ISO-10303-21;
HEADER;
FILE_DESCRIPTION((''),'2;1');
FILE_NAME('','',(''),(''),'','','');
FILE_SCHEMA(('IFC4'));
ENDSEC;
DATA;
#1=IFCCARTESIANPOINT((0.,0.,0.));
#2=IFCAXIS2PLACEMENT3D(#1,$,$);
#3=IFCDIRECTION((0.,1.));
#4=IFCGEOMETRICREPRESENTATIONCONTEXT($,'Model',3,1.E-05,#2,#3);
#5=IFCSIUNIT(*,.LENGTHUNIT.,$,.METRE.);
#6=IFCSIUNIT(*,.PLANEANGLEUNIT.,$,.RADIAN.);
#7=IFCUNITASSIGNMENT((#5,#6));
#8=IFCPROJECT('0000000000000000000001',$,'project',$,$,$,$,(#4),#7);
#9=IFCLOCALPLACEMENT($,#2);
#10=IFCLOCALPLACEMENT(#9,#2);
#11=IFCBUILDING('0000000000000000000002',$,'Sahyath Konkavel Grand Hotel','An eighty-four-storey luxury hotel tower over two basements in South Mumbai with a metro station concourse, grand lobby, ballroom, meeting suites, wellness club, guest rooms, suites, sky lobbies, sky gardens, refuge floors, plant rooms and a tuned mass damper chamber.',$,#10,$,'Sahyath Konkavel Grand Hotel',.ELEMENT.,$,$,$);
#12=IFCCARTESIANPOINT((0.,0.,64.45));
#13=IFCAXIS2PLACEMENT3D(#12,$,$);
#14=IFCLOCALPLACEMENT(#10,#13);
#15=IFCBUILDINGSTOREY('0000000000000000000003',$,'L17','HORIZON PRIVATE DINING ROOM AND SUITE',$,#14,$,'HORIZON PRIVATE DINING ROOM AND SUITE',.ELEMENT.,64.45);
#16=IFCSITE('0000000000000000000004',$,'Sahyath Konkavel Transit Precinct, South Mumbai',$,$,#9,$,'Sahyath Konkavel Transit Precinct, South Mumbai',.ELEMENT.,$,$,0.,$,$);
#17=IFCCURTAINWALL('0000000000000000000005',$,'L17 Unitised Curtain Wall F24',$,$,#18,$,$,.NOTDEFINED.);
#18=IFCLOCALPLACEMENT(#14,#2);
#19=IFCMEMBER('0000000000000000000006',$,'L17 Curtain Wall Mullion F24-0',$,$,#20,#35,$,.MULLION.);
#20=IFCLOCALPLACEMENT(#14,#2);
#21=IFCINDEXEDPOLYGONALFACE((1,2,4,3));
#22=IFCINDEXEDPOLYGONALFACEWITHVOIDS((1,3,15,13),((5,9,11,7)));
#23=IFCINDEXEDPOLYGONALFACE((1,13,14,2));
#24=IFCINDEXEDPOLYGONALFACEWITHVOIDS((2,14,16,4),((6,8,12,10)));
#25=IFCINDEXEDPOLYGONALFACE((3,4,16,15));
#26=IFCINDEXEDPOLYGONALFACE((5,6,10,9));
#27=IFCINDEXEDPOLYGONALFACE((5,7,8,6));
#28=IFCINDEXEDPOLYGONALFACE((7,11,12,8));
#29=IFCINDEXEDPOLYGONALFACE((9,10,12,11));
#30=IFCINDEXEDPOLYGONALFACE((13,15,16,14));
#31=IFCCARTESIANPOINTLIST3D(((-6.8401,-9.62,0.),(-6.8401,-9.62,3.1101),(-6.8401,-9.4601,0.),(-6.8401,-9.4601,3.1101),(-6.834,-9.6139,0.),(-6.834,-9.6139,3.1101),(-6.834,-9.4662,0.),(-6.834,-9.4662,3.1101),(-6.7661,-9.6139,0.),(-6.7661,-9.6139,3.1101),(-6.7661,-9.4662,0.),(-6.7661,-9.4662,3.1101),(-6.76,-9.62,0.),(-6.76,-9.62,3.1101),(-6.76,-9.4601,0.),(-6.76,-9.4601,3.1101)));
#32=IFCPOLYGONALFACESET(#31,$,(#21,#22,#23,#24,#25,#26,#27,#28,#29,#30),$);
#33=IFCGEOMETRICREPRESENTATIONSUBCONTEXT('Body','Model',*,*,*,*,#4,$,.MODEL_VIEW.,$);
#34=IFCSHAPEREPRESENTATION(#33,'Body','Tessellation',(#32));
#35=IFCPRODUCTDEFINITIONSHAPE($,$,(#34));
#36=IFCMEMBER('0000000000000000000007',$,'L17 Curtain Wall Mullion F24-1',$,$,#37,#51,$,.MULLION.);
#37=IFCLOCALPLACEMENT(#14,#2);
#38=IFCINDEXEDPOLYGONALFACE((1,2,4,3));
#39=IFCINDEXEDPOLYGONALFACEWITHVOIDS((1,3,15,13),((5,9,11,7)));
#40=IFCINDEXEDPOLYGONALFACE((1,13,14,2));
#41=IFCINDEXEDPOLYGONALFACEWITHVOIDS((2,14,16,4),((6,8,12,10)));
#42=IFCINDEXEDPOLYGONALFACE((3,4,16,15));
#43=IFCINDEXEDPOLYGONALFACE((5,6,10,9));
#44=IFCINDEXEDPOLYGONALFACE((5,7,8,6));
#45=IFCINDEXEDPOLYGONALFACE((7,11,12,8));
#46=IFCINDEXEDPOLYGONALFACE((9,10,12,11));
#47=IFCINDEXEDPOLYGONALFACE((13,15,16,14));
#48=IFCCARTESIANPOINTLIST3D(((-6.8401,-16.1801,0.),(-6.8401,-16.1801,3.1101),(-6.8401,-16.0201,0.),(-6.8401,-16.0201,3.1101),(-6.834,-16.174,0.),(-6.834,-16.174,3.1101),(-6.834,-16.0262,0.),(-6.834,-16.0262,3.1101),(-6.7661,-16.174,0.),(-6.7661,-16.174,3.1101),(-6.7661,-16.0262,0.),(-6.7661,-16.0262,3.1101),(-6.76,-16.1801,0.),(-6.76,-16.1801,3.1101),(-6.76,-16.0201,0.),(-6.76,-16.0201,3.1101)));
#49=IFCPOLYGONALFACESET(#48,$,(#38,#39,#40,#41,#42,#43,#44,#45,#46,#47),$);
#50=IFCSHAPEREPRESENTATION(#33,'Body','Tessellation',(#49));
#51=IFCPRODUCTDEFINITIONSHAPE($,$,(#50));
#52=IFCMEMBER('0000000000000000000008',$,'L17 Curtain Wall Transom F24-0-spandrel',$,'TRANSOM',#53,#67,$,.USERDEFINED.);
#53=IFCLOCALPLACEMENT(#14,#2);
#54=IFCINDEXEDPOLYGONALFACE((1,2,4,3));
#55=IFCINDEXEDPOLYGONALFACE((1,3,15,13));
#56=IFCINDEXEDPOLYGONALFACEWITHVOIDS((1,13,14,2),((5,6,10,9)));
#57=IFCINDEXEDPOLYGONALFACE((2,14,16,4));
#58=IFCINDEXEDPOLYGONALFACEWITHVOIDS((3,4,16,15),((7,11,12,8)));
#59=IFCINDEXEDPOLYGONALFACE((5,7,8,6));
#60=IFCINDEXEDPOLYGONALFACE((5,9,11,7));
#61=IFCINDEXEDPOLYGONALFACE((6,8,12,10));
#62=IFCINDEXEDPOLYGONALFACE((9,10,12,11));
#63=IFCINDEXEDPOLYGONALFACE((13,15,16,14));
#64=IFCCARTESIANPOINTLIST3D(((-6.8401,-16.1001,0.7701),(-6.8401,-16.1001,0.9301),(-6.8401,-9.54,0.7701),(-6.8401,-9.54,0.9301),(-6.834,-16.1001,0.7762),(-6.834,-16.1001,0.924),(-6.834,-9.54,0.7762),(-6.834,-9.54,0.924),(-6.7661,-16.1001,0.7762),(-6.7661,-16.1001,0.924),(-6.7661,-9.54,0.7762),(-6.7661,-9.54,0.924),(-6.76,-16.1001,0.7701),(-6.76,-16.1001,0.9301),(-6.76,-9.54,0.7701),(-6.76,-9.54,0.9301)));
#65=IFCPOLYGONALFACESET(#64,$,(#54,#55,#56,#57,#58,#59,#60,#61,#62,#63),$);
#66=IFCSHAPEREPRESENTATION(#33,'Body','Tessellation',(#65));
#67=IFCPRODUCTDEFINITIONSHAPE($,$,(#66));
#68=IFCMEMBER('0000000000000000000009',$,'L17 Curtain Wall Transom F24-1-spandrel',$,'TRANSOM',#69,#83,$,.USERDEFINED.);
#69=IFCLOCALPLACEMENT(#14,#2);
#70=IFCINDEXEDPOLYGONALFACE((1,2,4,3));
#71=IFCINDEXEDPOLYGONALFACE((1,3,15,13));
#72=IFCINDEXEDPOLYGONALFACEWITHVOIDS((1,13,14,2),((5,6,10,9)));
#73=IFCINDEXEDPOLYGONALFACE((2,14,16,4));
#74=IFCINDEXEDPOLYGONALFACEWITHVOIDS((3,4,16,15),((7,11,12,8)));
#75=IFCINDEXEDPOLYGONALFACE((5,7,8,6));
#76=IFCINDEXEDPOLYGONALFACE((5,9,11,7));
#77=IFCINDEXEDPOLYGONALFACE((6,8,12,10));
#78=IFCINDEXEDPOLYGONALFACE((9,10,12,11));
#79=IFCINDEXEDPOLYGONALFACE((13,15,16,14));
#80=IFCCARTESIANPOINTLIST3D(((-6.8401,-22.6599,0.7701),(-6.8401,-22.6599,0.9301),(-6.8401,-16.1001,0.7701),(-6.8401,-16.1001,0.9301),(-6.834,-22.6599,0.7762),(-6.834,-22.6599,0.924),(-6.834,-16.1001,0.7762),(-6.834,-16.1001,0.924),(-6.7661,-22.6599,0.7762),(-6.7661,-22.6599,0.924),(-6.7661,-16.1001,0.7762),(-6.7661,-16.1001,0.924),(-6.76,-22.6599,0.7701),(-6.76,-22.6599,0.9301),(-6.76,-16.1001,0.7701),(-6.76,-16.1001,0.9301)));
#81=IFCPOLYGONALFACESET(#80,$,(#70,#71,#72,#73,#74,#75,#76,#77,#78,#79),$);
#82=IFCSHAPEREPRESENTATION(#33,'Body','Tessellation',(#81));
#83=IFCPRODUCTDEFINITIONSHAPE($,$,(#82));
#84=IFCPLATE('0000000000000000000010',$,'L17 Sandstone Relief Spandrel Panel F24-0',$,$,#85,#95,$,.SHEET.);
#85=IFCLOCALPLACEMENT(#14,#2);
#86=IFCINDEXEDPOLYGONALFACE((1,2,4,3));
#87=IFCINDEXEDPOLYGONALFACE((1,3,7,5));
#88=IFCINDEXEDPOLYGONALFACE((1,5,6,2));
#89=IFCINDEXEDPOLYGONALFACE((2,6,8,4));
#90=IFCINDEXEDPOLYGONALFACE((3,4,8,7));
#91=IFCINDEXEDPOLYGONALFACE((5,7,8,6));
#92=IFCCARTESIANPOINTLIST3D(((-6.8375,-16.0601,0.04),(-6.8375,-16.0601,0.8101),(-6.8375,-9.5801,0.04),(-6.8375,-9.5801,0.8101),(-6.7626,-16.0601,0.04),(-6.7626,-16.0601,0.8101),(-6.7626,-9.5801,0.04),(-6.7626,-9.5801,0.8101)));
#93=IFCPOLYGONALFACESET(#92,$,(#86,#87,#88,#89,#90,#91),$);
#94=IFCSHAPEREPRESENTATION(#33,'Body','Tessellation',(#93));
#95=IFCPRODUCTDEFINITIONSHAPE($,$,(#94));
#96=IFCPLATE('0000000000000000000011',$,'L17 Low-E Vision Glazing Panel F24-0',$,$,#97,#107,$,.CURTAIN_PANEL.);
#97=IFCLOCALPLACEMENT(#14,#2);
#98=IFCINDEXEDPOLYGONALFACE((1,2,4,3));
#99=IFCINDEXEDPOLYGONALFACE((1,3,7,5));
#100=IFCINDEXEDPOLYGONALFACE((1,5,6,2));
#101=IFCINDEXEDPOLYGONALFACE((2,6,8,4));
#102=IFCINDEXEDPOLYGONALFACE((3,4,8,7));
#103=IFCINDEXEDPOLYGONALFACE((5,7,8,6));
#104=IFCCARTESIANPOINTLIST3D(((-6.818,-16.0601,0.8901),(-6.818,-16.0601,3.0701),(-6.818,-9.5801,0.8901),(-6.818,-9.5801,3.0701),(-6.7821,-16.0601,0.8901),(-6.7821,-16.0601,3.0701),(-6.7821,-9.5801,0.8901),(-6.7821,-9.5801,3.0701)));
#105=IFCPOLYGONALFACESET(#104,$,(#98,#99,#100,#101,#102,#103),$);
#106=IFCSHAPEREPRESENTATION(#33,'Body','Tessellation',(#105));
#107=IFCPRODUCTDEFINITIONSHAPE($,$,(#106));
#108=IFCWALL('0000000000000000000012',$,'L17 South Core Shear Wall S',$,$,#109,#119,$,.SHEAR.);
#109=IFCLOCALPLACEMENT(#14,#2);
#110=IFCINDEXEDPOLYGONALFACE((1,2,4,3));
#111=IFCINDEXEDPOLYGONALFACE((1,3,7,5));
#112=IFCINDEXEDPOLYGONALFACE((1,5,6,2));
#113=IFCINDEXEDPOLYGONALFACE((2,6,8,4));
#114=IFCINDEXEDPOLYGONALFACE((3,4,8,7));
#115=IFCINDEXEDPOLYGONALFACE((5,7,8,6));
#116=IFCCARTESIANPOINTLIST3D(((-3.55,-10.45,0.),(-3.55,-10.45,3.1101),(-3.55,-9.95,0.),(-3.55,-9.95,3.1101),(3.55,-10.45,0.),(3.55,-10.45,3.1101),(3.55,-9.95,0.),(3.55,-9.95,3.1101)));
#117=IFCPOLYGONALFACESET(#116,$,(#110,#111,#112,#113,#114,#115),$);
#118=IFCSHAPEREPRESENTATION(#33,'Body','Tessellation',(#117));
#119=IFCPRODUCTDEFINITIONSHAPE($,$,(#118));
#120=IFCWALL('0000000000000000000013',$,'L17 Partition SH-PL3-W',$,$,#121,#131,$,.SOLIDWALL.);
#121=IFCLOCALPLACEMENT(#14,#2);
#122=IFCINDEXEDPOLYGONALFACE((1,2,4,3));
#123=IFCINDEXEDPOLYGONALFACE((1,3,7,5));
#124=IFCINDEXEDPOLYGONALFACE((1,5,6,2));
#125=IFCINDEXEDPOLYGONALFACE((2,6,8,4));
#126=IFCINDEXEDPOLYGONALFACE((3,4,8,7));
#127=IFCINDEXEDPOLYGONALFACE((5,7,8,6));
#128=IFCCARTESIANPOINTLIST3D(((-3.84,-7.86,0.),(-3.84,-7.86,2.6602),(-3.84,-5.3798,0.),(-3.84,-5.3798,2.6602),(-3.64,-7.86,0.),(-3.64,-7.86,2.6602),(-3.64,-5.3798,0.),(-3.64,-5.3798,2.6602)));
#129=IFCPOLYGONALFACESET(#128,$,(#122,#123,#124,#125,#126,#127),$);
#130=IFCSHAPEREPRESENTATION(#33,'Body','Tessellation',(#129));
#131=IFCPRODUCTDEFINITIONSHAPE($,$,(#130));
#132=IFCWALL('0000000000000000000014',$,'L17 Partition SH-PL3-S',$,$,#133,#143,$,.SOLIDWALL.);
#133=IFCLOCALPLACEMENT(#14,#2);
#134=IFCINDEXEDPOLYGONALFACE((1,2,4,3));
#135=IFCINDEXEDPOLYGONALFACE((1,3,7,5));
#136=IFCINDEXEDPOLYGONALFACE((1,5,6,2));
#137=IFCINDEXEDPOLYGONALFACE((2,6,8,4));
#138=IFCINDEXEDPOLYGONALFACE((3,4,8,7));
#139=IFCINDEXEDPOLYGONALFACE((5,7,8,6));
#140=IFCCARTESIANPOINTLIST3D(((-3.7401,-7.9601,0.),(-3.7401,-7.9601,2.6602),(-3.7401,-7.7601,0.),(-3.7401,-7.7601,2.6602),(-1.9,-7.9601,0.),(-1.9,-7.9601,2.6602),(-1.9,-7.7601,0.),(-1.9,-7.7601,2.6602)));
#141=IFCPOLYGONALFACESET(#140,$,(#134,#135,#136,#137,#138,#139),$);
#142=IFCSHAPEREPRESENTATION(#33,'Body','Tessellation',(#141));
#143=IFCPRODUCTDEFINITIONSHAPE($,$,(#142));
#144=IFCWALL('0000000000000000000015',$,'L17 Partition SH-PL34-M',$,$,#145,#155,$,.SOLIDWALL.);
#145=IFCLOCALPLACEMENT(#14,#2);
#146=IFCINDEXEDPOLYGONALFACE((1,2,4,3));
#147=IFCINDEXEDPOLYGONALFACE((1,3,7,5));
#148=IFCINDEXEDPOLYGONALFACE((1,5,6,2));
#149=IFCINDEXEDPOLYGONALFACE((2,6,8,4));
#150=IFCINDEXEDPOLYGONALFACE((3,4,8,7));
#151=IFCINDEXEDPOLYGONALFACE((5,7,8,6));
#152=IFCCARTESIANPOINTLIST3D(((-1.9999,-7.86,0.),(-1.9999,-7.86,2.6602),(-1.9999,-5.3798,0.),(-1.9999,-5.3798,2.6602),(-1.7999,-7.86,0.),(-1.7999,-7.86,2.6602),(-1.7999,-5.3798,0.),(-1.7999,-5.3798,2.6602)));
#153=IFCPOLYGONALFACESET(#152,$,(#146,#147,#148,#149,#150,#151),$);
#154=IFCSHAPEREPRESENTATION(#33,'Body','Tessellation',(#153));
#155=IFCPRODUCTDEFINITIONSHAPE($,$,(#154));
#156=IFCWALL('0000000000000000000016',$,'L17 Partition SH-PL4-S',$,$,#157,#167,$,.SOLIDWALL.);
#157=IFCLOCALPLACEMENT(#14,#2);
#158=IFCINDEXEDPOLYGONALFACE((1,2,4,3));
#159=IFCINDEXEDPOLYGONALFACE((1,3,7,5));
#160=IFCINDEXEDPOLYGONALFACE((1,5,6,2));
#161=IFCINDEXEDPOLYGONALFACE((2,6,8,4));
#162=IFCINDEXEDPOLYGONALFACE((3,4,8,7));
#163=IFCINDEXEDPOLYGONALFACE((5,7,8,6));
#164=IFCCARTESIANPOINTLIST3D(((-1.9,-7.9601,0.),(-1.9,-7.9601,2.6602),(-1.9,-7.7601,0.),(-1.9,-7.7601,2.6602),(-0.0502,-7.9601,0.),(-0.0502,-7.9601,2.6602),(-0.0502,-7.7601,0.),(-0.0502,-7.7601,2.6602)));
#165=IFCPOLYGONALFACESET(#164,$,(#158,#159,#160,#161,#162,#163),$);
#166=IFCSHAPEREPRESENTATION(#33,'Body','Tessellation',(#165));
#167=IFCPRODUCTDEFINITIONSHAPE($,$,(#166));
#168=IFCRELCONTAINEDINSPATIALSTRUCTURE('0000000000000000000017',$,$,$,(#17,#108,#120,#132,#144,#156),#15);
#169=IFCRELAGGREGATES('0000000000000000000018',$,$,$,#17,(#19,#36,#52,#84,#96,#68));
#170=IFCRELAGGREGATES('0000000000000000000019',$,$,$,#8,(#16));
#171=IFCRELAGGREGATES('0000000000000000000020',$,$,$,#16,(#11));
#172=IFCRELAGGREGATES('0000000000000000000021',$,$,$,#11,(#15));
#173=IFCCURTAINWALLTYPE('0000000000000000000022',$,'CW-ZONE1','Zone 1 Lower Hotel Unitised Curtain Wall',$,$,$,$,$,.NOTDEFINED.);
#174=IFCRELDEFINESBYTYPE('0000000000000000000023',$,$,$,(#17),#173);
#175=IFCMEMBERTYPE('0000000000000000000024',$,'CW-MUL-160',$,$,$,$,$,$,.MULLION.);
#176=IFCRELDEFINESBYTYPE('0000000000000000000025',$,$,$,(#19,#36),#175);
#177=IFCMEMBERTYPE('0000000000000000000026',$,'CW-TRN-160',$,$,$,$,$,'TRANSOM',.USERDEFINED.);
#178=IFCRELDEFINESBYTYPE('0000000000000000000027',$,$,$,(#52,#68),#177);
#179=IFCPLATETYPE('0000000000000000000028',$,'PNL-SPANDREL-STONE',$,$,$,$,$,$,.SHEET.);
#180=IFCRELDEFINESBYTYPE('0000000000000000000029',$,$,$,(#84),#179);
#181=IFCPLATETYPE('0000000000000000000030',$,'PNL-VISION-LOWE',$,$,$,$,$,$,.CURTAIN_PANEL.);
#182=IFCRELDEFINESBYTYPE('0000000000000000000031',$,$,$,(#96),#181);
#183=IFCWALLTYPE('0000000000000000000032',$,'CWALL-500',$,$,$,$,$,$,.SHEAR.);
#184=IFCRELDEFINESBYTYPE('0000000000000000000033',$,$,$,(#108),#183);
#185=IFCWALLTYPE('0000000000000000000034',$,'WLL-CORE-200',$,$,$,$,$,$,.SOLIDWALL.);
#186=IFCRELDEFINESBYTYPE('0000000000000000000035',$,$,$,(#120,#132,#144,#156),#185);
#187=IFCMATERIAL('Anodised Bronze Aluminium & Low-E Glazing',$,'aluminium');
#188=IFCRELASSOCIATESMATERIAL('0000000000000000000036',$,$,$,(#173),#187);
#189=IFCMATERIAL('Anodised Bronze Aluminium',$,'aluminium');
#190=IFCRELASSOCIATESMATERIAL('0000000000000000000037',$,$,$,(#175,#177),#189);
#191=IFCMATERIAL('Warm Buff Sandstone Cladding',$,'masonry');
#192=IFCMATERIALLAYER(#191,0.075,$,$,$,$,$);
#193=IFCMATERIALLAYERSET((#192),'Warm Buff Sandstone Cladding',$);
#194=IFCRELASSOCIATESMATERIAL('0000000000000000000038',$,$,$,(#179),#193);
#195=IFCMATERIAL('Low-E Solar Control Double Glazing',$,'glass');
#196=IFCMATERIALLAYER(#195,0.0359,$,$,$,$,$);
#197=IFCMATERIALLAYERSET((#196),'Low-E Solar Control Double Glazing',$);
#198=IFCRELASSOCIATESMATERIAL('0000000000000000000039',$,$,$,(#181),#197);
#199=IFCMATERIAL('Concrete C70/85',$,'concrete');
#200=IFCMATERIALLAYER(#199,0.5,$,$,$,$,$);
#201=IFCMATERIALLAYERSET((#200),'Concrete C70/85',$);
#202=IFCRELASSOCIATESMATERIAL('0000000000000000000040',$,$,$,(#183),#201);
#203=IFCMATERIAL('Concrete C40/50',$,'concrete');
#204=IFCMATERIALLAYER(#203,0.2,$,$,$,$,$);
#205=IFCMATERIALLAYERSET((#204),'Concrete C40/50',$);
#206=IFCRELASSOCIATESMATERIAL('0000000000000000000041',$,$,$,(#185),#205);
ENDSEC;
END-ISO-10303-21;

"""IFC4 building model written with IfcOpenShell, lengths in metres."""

from ifc_helpers import new_model, si_unit, direction, frame, frame_2d, origin, origin_2d, place, context, subcontext, project, spatial, rectangle, hollow_rectangle, extrude, source, transform, mapped, material, layer, layer_set, material_profile, profile_set, type_object, element, aggregate, save


model = new_model("IFC4")

# Units and contexts
model_context = context("Model", 3, precision=1e-05, world=origin(), true_north=direction((0.0, 1.0)))
body_context = subcontext(model_context, "Body", "Model", "MODEL_VIEW")
ifc_project = project(units=[si_unit("LENGTHUNIT", "METRE"), si_unit("PLANEANGLEUNIT", "RADIAN")], contexts=[model_context])

# Site, building, storey
site_placement = place(None, origin())
site = spatial("IfcSite", under=ifc_project, at=site_placement, Name="Sahyath Konkavel Transit Precinct, South Mumbai", LongName="Sahyath Konkavel Transit Precinct, South Mumbai", CompositionType="ELEMENT", RefElevation=0.0)
building_placement = place(site_placement, origin())
building = spatial("IfcBuilding", under=site, at=building_placement, Name="Sahyath Konkavel Grand Hotel", Description="An eighty-four-storey luxury hotel tower over two basements in South Mumbai with a metro station concourse, grand lobby, ballroom, meeting suites, wellness club, guest rooms, suites, sky lobbies, sky gardens, refuge floors, plant rooms and a tuned mass damper chamber.", LongName="Sahyath Konkavel Grand Hotel", CompositionType="ELEMENT")
storey_placement = place(building_placement, frame((0.0, 0.0, 64.45)))
storey = spatial("IfcBuildingStorey", under=building, at=storey_placement, Name="L17", Description="HORIZON PRIVATE DINING ROOM AND SUITE", LongName="HORIZON PRIVATE DINING ROOM AND SUITE", CompositionType="ELEMENT", Elevation=64.45)

# Shared definitions
ifc_material_1 = material(Name="Concrete C70/85", Category="concrete")

# Shared definitions
ifc_material_2 = material(Name="Anodised Bronze Aluminium & Low-E Glazing", Category="aluminium")
curtain_wall_type = type_object("IfcCurtainWallType", Name="CW-ZONE1", Description="Zone 1 Lower Hotel Unitised Curtain Wall", PredefinedType="NOTDEFINED", material=ifc_material_2)

# Curtain wall, members, plates
curtain_wall_1_placement = place(storey_placement, origin())
curtain_wall_1 = element("IfcCurtainWall", 1, at=curtain_wall_1_placement, inside=storey, type_object=curtain_wall_type, Name="L17 Unitised Curtain Wall F24", PredefinedType="NOTDEFINED")
ifc_material_3 = material(Name="Anodised Bronze Aluminium", Category="aluminium")
ifc_material_profile_1 = material_profile(ifc_material_3, hollow_rectangle(XDim=0.0801, YDim=0.1599, WallThickness=0.0061, at=origin_2d()), Name="RHS 160x80x6")
ifc_profile_set_1 = profile_set([ifc_material_profile_1], Name="Anodised Bronze Aluminium")
member_type_1 = type_object("IfcMemberType", Name="CW-MUL-160", PredefinedType="MULLION", material=ifc_profile_set_1)
shared_shape_1 = source(origin(), body_context, "Body", "SweptSolid", [
    extrude(hollow_rectangle(XDim=0.0801, YDim=0.1599, WallThickness=0.0061, at=origin_2d()), origin(), (0.0, 0.0, 1.0), 3.1101),
])
member_1_placement = place(storey_placement, frame((-6.8, -9.54, 0.0), z_axis=(0.0, 0.0, 1.0), x_axis=(1.0, 0.0, 0.0)))
member_1 = element("IfcMember", 2, at=member_1_placement, type_object=member_type_1, Name="L17 Curtain Wall Mullion F24-0", PredefinedType="MULLION", context=body_context, shape_type="MappedRepresentation", body=[
    mapped(shared_shape_1, transform((0.0, 0.0, 0.0), scale=1.0)),
])
member_2_placement = place(storey_placement, frame((-6.8, -16.1001, 0.0), z_axis=(0.0, 0.0, 1.0), x_axis=(1.0, 0.0, 0.0)))
member_2 = element("IfcMember", 3, at=member_2_placement, type_object=member_type_1, Name="L17 Curtain Wall Mullion F24-1", PredefinedType="MULLION", context=body_context, shape_type="MappedRepresentation", body=[
    mapped(shared_shape_1, transform((0.0, 0.0, 0.0), scale=1.0)),
])
ifc_material_profile_2 = material_profile(ifc_material_3, hollow_rectangle(XDim=0.0801, YDim=0.1599, WallThickness=0.0061, at=origin_2d()), Name="RHS 160x80x6")
ifc_profile_set_2 = profile_set([ifc_material_profile_2], Name="Anodised Bronze Aluminium")
member_type_2 = type_object("IfcMemberType", Name="CW-TRN-160", ElementType="TRANSOM", PredefinedType="USERDEFINED", material=ifc_profile_set_2)
shared_shape_2 = source(origin(), body_context, "Body", "SweptSolid", [
    extrude(hollow_rectangle(XDim=0.0801, YDim=0.1599, WallThickness=0.0061, at=origin_2d()), origin(), (0.0, 0.0, 1.0), 6.5601),
])
member_3_placement = place(storey_placement, frame((-6.8, -9.54, 0.8501), z_axis=(0.0, -1.0, 0.0), x_axis=(1.0, 0.0, 0.0)))
member_3 = element("IfcMember", 4, at=member_3_placement, type_object=member_type_2, Name="L17 Curtain Wall Transom F24-0-spandrel", ObjectType="TRANSOM", PredefinedType="USERDEFINED", context=body_context, shape_type="MappedRepresentation", body=[
    mapped(shared_shape_2, transform((0.0, 0.0, 0.0), scale=1.0)),
])
shared_shape_3 = source(origin(), body_context, "Body", "SweptSolid", [
    extrude(hollow_rectangle(XDim=0.0801, YDim=0.1599, WallThickness=0.0061, at=origin_2d()), origin(), (0.0, 0.0, 1.0), 6.5598),
])
member_4_placement = place(storey_placement, frame((-6.8, -16.1001, 0.8501), z_axis=(0.0, -1.0, 0.0), x_axis=(1.0, 0.0, 0.0)))
member_4 = element("IfcMember", 5, at=member_4_placement, type_object=member_type_2, Name="L17 Curtain Wall Transom F24-1-spandrel", ObjectType="TRANSOM", PredefinedType="USERDEFINED", context=body_context, shape_type="MappedRepresentation", body=[
    mapped(shared_shape_3, transform((0.0, 0.0, 0.0), scale=1.0)),
])
ifc_material_4 = material(Name="Warm Buff Sandstone Cladding", Category="masonry")
ifc_layer_1 = layer(ifc_material_4, 0.075)
ifc_layer_set_1 = layer_set([ifc_layer_1], Name="Warm Buff Sandstone Cladding")
plate_type_1 = type_object("IfcPlateType", Name="PNL-SPANDREL-STONE", PredefinedType="SHEET", material=ifc_layer_set_1)
shared_shape_4 = source(origin(), body_context, "Body", "SweptSolid", [
    extrude(rectangle(XDim=6.48, YDim=0.075, at=origin_2d()), origin(), (0.0, 0.0, 1.0), 0.77),
])
plate_1_placement = place(storey_placement, frame((-6.8, -12.8201, 0.04), z_axis=(0.0, 0.0, 1.0), x_axis=(0.0, -1.0, 0.0)))
plate_1 = element("IfcPlate", 6, at=plate_1_placement, type_object=plate_type_1, Name="L17 Sandstone Relief Spandrel Panel F24-0", PredefinedType="SHEET", context=body_context, shape_type="MappedRepresentation", body=[
    mapped(shared_shape_4, transform((0.0, 0.0, 0.0), scale=1.0)),
])
ifc_material_5 = material(Name="Low-E Solar Control Double Glazing", Category="glass")
ifc_layer_2 = layer(ifc_material_5, 0.0359)
ifc_layer_set_2 = layer_set([ifc_layer_2], Name="Low-E Solar Control Double Glazing")
plate_type_2 = type_object("IfcPlateType", Name="PNL-VISION-LOWE", PredefinedType="CURTAIN_PANEL", material=ifc_layer_set_2)
shared_shape_5 = source(origin(), body_context, "Body", "SweptSolid", [
    extrude(rectangle(XDim=6.48, YDim=0.0359, at=origin_2d()), origin(), (0.0, 0.0, 1.0), 2.1799),
])
plate_2_placement = place(storey_placement, frame((-6.8, -12.8201, 0.8901), z_axis=(0.0, 0.0, 1.0), x_axis=(0.0, -1.0, 0.0)))
plate_2 = element("IfcPlate", 7, at=plate_2_placement, type_object=plate_type_2, Name="L17 Low-E Vision Glazing Panel F24-0", PredefinedType="CURTAIN_PANEL", context=body_context, shape_type="MappedRepresentation", body=[
    mapped(shared_shape_5, transform((0.0, 0.0, 0.0), scale=1.0)),
])
aggregate(curtain_wall_1, [member_1, member_2, member_3, plate_1, plate_2, member_4])

# Walls
ifc_layer_3 = layer(ifc_material_1, 0.5)
ifc_layer_set_3 = layer_set([ifc_layer_3], Name="Concrete C70/85")
wall_type_1 = type_object("IfcWallType", Name="CWALL-500", PredefinedType="SHEAR", material=ifc_layer_set_3)
wall_1_placement = place(storey_placement, frame((-3.55, -10.2, 0.0), z_axis=(0.0, 0.0, 1.0), x_axis=(1.0, 0.0, 0.0)))
element("IfcWall", 8, at=wall_1_placement, inside=storey, type_object=wall_type_1, Name="L17 South Core Shear Wall S", PredefinedType="SHEAR", context=body_context, shape_type="SweptSolid", body=[
    extrude(rectangle(XDim=7.1001, YDim=0.5, at=frame_2d((3.55, 0.0))), origin(), (0.0, 0.0, 1.0), 3.1101),
])
ifc_material_6 = material(Name="Concrete C40/50", Category="concrete")
ifc_layer_4 = layer(ifc_material_6, 0.2)
ifc_layer_set_4 = layer_set([ifc_layer_4], Name="Concrete C40/50")
wall_type_2 = type_object("IfcWallType", Name="WLL-CORE-200", PredefinedType="SOLIDWALL", material=ifc_layer_set_4)
wall_2_placement = place(storey_placement, frame((-3.74, -7.8601, 0.0), z_axis=(0.0, 0.0, 1.0), x_axis=(0.0, 1.0, 0.0)))
element("IfcWall", 9, at=wall_2_placement, inside=storey, type_object=wall_type_2, Name="L17 Partition SH-PL3-W", PredefinedType="SOLIDWALL", context=body_context, shape_type="SweptSolid", body=[
    extrude(rectangle(XDim=2.4802, YDim=0.2, at=frame_2d((1.2402, 0.0))), origin(), (0.0, 0.0, 1.0), 2.6602),
])
wall_3_placement = place(storey_placement, frame((-3.74, -7.8601, 0.0), z_axis=(0.0, 0.0, 1.0), x_axis=(1.0, 0.0, 0.0)))
element("IfcWall", 10, at=wall_3_placement, inside=storey, type_object=wall_type_2, Name="L17 Partition SH-PL3-S", PredefinedType="SOLIDWALL", context=body_context, shape_type="SweptSolid", body=[
    extrude(rectangle(XDim=1.8401, YDim=0.2, at=frame_2d((0.9199, 0.0))), origin(), (0.0, 0.0, 1.0), 2.6602),
])
wall_4_placement = place(storey_placement, frame((-1.8999, -7.8601, 0.0), z_axis=(0.0, 0.0, 1.0), x_axis=(0.0, 1.0, 0.0)))
element("IfcWall", 11, at=wall_4_placement, inside=storey, type_object=wall_type_2, Name="L17 Partition SH-PL34-M", PredefinedType="SOLIDWALL", context=body_context, shape_type="SweptSolid", body=[
    extrude(rectangle(XDim=2.4802, YDim=0.2, at=frame_2d((1.2402, 0.0))), origin(), (0.0, 0.0, 1.0), 2.6602),
])
wall_5_placement = place(storey_placement, frame((-1.8999, -7.8601, 0.0), z_axis=(0.0, 0.0, 1.0), x_axis=(1.0, 0.0, 0.0)))
element("IfcWall", 12, at=wall_5_placement, inside=storey, type_object=wall_type_2, Name="L17 Partition SH-PL4-S", PredefinedType="SOLIDWALL", context=body_context, shape_type="SweptSolid", body=[
    extrude(rectangle(XDim=1.8499, YDim=0.2, at=frame_2d((0.9248, 0.0))), origin(), (0.0, 0.0, 1.0), 2.6602),
])

save(model, "model.ifc")
